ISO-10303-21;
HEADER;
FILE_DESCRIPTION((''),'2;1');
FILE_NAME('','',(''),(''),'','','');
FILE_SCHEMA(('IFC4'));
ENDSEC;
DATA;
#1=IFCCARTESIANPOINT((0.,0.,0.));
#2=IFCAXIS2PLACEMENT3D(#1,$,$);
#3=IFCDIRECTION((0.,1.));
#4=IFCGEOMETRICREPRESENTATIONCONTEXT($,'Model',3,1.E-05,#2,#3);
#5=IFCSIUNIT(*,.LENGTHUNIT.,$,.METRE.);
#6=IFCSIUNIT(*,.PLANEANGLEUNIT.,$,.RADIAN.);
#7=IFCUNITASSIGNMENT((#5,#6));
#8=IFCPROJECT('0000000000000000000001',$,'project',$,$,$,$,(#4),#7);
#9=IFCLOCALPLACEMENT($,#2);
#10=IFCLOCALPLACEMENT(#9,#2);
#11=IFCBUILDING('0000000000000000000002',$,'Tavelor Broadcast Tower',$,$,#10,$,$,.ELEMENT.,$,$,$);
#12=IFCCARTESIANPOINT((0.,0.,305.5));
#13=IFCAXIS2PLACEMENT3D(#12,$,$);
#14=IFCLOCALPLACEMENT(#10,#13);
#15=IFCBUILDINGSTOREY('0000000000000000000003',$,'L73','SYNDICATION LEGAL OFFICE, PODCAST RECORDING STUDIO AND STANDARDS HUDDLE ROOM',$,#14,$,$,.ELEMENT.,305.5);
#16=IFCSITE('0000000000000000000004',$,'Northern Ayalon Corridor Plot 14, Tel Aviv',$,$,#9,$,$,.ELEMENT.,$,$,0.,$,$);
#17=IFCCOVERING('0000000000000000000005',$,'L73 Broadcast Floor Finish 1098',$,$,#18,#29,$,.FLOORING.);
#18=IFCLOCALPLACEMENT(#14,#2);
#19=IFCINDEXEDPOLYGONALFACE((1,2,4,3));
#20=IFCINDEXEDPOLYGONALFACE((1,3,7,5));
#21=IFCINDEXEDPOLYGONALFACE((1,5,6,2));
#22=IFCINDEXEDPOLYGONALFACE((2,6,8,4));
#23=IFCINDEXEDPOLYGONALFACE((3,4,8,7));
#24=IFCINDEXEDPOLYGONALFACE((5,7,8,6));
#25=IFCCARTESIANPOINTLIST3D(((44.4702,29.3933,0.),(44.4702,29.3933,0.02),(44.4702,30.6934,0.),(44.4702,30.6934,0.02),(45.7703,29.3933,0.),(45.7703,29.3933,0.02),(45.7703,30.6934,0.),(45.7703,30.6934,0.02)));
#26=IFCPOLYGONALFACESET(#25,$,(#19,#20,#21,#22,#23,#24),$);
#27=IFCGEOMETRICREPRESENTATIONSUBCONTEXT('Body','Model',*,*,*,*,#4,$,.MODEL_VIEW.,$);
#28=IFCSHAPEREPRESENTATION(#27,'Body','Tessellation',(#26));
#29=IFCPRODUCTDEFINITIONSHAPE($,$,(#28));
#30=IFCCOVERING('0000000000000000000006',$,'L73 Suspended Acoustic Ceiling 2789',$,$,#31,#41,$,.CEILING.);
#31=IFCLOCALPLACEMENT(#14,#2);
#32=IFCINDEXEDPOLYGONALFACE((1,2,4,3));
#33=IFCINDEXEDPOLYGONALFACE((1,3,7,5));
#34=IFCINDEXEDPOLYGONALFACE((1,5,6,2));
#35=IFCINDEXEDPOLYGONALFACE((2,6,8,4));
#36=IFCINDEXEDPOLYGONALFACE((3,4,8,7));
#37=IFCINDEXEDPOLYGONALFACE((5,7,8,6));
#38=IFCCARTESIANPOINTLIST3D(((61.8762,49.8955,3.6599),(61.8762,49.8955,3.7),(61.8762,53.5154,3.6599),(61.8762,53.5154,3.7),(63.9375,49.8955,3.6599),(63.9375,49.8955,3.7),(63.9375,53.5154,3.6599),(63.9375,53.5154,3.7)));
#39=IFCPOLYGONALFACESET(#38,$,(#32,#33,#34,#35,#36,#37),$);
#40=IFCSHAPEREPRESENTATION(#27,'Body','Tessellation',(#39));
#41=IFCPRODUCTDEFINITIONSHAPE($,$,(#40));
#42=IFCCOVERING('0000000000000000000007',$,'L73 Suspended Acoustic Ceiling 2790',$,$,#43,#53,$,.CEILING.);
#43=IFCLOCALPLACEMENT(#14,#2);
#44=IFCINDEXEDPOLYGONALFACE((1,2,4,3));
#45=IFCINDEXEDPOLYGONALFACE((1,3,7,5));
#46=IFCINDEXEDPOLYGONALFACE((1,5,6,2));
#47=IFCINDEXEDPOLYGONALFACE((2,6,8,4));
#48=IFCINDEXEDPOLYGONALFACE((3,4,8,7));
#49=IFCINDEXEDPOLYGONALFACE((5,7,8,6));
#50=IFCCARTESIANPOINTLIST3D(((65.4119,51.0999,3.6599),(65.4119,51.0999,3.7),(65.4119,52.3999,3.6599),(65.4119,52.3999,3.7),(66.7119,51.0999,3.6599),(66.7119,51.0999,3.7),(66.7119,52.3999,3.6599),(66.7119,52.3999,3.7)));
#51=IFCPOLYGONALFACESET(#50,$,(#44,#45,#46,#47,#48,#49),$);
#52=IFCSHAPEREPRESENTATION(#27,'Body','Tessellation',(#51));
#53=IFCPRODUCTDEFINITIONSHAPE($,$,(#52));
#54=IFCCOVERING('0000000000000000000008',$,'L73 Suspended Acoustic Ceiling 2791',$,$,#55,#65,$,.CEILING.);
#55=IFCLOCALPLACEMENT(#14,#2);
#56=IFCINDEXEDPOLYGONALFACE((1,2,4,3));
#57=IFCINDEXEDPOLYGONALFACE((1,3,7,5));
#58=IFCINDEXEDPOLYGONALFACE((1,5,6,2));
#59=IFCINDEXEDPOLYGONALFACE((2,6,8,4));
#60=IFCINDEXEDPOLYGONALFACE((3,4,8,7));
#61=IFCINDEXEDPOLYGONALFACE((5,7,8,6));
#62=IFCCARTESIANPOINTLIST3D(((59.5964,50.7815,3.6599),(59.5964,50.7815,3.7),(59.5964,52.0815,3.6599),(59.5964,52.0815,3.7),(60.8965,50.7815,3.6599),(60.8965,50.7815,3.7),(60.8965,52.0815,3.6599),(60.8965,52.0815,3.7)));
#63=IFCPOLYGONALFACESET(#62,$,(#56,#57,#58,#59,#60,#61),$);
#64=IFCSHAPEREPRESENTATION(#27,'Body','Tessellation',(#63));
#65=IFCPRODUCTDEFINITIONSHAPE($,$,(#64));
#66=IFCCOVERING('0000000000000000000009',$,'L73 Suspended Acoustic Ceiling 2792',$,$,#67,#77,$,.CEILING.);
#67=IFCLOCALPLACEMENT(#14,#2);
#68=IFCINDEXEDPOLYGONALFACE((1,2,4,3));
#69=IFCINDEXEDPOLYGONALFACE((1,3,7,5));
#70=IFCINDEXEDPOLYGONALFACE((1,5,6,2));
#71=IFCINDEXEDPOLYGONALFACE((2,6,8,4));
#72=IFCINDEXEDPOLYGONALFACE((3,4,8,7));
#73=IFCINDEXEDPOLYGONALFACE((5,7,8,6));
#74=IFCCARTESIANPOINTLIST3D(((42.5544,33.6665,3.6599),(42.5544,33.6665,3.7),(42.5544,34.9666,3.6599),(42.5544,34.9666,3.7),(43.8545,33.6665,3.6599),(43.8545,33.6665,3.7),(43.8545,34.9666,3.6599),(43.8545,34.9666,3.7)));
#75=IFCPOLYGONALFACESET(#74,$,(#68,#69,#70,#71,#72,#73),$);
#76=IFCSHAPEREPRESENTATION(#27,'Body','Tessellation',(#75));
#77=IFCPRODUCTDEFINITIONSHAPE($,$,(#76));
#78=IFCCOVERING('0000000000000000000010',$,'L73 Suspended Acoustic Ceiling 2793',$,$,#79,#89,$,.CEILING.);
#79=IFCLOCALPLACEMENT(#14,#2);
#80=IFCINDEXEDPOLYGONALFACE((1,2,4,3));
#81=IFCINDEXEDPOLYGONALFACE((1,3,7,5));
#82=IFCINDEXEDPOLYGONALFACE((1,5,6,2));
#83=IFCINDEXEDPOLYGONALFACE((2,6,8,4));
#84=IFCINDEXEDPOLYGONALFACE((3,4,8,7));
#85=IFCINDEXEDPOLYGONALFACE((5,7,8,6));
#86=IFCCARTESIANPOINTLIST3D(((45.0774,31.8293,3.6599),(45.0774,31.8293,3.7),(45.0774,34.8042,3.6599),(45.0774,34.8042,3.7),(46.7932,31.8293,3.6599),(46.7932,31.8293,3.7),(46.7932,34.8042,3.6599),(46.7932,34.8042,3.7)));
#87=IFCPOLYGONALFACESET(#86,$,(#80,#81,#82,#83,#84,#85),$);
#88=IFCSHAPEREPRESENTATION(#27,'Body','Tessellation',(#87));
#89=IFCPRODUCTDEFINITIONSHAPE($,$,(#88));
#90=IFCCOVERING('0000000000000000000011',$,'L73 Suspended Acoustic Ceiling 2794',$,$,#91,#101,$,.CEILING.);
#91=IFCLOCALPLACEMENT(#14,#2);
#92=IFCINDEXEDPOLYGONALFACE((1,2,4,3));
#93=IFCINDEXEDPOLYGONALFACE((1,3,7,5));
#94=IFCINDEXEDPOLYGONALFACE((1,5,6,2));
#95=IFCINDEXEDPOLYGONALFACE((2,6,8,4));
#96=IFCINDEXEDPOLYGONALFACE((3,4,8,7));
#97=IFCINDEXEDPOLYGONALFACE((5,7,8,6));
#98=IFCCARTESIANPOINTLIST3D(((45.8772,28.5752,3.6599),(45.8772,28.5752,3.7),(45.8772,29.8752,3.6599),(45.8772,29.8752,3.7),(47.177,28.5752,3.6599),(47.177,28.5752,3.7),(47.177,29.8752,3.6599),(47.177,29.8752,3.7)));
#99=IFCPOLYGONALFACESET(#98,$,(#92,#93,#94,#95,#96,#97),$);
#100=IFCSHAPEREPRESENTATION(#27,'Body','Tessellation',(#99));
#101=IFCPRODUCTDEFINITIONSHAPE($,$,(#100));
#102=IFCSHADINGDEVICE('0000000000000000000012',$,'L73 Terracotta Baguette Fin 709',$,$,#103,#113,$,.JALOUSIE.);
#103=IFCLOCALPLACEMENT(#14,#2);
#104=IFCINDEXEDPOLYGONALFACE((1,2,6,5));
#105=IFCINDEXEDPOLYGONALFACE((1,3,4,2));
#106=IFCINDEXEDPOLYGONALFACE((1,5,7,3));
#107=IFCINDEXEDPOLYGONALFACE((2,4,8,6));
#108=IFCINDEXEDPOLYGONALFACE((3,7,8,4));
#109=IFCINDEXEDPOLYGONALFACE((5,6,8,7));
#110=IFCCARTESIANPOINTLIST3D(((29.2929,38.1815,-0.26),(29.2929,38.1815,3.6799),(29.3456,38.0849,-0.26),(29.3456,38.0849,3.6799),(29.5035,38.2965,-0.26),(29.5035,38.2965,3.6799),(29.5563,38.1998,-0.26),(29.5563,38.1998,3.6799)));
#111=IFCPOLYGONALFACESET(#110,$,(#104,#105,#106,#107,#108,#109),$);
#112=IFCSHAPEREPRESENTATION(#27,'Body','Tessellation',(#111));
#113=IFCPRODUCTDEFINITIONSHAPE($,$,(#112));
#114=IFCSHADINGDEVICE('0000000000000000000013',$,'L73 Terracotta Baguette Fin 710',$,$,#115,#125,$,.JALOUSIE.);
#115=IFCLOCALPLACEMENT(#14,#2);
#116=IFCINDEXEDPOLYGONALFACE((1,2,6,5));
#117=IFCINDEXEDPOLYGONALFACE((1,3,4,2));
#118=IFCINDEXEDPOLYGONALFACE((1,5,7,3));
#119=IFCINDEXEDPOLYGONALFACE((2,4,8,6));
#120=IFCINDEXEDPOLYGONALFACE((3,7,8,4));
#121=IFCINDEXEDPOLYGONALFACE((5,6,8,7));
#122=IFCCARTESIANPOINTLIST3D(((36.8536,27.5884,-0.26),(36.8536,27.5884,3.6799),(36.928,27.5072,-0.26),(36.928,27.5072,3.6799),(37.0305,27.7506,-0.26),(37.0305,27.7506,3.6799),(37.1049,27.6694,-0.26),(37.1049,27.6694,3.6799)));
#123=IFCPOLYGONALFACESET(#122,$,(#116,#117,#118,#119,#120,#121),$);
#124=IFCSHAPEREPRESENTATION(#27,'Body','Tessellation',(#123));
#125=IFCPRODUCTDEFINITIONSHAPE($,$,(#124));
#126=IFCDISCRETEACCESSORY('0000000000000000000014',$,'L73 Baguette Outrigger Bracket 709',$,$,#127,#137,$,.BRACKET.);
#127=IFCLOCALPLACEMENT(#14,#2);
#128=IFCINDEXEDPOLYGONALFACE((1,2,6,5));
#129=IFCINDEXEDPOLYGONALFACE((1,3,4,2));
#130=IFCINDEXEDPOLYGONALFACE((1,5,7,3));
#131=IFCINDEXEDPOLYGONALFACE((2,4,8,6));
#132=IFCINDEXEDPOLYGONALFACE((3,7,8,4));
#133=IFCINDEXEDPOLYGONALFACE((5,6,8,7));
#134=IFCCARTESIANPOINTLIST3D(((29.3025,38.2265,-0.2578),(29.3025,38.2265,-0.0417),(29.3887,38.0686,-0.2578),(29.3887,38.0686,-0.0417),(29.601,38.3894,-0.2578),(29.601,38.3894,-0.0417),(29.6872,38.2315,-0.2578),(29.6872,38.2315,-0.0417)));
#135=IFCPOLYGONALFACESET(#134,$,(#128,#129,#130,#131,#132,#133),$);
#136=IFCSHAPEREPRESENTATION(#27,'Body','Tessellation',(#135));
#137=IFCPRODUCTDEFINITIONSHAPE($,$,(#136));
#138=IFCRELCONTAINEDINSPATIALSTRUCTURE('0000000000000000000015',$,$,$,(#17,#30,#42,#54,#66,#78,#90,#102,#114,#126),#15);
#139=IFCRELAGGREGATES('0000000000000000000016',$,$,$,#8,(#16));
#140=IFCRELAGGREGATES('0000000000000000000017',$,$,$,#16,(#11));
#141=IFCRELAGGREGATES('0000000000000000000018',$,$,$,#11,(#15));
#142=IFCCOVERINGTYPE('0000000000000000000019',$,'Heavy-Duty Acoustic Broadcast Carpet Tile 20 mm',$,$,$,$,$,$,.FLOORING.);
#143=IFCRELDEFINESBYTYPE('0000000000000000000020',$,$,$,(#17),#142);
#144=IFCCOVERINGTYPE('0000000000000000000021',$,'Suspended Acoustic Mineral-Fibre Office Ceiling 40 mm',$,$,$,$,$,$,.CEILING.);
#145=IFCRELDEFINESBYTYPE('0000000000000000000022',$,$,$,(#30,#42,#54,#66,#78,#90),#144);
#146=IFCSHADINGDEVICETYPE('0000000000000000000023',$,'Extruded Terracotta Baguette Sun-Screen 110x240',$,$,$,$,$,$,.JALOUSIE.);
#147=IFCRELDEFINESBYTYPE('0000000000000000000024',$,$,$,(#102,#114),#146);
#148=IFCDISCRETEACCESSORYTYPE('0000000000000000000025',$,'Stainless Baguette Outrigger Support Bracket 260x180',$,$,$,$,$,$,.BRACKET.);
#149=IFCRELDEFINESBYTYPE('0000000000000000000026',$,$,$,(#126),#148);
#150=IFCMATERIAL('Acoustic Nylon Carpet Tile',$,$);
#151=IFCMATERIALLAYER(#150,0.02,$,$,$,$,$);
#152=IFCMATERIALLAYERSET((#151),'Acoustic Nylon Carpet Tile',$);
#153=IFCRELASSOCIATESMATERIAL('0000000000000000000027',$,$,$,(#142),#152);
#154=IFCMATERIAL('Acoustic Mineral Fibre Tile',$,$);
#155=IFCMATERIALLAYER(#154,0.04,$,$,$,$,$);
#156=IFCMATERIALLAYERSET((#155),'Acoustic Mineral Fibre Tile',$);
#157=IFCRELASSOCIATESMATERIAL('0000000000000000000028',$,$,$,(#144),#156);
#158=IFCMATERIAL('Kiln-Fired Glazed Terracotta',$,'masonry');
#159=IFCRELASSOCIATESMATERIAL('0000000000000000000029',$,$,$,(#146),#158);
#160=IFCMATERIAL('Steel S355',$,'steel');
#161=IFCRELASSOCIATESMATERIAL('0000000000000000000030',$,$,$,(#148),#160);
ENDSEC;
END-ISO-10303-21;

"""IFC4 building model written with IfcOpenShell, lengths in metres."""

from ifc_helpers import new_model, si_unit, direction, frame, origin, origin_2d, place, context, subcontext, project, spatial, polyline, rectangle, outline, extrude, source, transform, mapped, material, layer, layer_set, type_object, type_shapes, element, save


model = new_model("IFC4")

# Units and contexts
model_context = context("Model", 3, precision=1e-05, world=origin(), true_north=direction((0.0, 1.0)))
body_context = subcontext(model_context, "Body", "Model", "MODEL_VIEW")
ifc_project = project(units=[si_unit("LENGTHUNIT", "METRE"), si_unit("PLANEANGLEUNIT", "RADIAN")], contexts=[model_context])

# Site, building, storey
site_placement = place(None, origin())
site = spatial("IfcSite", under=ifc_project, at=site_placement, Name="Northern Ayalon Corridor Plot 14, Tel Aviv", CompositionType="ELEMENT", RefElevation=0.0)
building_placement = place(site_placement, origin())
building = spatial("IfcBuilding", under=site, at=building_placement, Name="Tavelor Broadcast Tower", CompositionType="ELEMENT")
storey_placement = place(building_placement, frame((0.0, 0.0, 305.5)))
storey = spatial("IfcBuildingStorey", under=building, at=storey_placement, Name="L73", Description="SYNDICATION LEGAL OFFICE, PODCAST RECORDING STUDIO AND STANDARDS HUDDLE ROOM", CompositionType="ELEMENT", Elevation=305.5)

# Coverings
ifc_material_1 = material(Name="Acoustic Nylon Carpet Tile")
ifc_layer_1 = layer(ifc_material_1, 0.02)
ifc_layer_set_1 = layer_set([ifc_layer_1], Name="Acoustic Nylon Carpet Tile")
covering_type_1 = type_object("IfcCoveringType", Name="Heavy-Duty Acoustic Broadcast Carpet Tile 20 mm", PredefinedType="FLOORING", material=ifc_layer_set_1)
covering_1_placement = place(storey_placement, origin())
element("IfcCovering", 1, at=covering_1_placement, inside=storey, type_object=covering_type_1, Name="L73 Broadcast Floor Finish 1098", PredefinedType="FLOORING", context=body_context, shape_type="SweptSolid", body=[
    extrude(outline(polyline([(44.4702, 29.3933), (45.7703, 29.3933), (45.7703, 30.6934), (44.4702, 30.6934), (44.4702, 29.3933)])), origin(), (0.0, 0.0, 1.0), 0.02),
])
ifc_material_2 = material(Name="Acoustic Mineral Fibre Tile")
ifc_layer_2 = layer(ifc_material_2, 0.04)
ifc_layer_set_2 = layer_set([ifc_layer_2], Name="Acoustic Mineral Fibre Tile")
covering_type_2 = type_object("IfcCoveringType", Name="Suspended Acoustic Mineral-Fibre Office Ceiling 40 mm", PredefinedType="CEILING", material=ifc_layer_set_2)
covering_2_placement = place(storey_placement, frame((0.0, 0.0, 3.6599)))
element("IfcCovering", 2, at=covering_2_placement, inside=storey, type_object=covering_type_2, Name="L73 Suspended Acoustic Ceiling 2789", PredefinedType="CEILING", context=body_context, shape_type="SweptSolid", body=[
    extrude(outline(polyline([(61.8762, 49.8955), (63.9375, 49.8955), (63.9375, 53.5154), (61.8762, 53.5154), (61.8762, 49.8955)])), origin(), (0.0, 0.0, 1.0), 0.04),
])
covering_3_placement = place(storey_placement, frame((0.0, 0.0, 3.6599)))
element("IfcCovering", 3, at=covering_3_placement, inside=storey, type_object=covering_type_2, Name="L73 Suspended Acoustic Ceiling 2790", PredefinedType="CEILING", context=body_context, shape_type="SweptSolid", body=[
    extrude(outline(polyline([(65.4119, 51.0999), (66.7119, 51.0999), (66.7119, 52.3999), (65.4119, 52.3999), (65.4119, 51.0999)])), origin(), (0.0, 0.0, 1.0), 0.04),
])
covering_4_placement = place(storey_placement, frame((0.0, 0.0, 3.6599)))
element("IfcCovering", 4, at=covering_4_placement, inside=storey, type_object=covering_type_2, Name="L73 Suspended Acoustic Ceiling 2791", PredefinedType="CEILING", context=body_context, shape_type="SweptSolid", body=[
    extrude(outline(polyline([(59.5964, 50.7815), (60.8965, 50.7815), (60.8965, 52.0815), (59.5964, 52.0815), (59.5964, 50.7815)])), origin(), (0.0, 0.0, 1.0), 0.04),
])
covering_5_placement = place(storey_placement, frame((0.0, 0.0, 3.6599)))
element("IfcCovering", 5, at=covering_5_placement, inside=storey, type_object=covering_type_2, Name="L73 Suspended Acoustic Ceiling 2792", PredefinedType="CEILING", context=body_context, shape_type="SweptSolid", body=[
    extrude(outline(polyline([(42.5544, 33.6665), (43.8545, 33.6665), (43.8545, 34.9666), (42.5544, 34.9666), (42.5544, 33.6665)])), origin(), (0.0, 0.0, 1.0), 0.04),
])
covering_6_placement = place(storey_placement, frame((0.0, 0.0, 3.6599)))
element("IfcCovering", 6, at=covering_6_placement, inside=storey, type_object=covering_type_2, Name="L73 Suspended Acoustic Ceiling 2793", PredefinedType="CEILING", context=body_context, shape_type="SweptSolid", body=[
    extrude(outline(polyline([(45.0774, 31.8293), (46.7932, 31.8293), (46.7932, 34.8042), (45.0774, 34.8042), (45.0774, 31.8293)])), origin(), (0.0, 0.0, 1.0), 0.04),
])
covering_7_placement = place(storey_placement, frame((0.0, 0.0, 3.6599)))
element("IfcCovering", 7, at=covering_7_placement, inside=storey, type_object=covering_type_2, Name="L73 Suspended Acoustic Ceiling 2794", PredefinedType="CEILING", context=body_context, shape_type="SweptSolid", body=[
    extrude(outline(polyline([(45.8772, 28.5752), (47.177, 28.5752), (47.177, 29.8752), (45.8772, 29.8752), (45.8772, 28.5752)])), origin(), (0.0, 0.0, 1.0), 0.04),
])

# Shading devices
ifc_material_3 = material(Name="Kiln-Fired Glazed Terracotta", Category="masonry")
shading_device_type = type_object("IfcShadingDeviceType", Name="Extruded Terracotta Baguette Sun-Screen 110x240", PredefinedType="JALOUSIE", material=ifc_material_3)
shared_shape_1 = source(origin(), body_context, "Body", "SweptSolid", [
    extrude(rectangle(XDim=0.1101, YDim=0.24, at=origin_2d()), origin(), (0.0, 0.0, 1.0), 3.9399),
])
type_shapes(shading_device_type, [shared_shape_1])
for number, where, z_axis, x_axis, name in (
    (8, (29.4246, 38.1907, -0.26), (0.0, 0.0, 1.0), (0.478998, -0.877816, 0.0), "L73 Terracotta Baguette Fin 709"),
    (9, (36.9792, 27.6289, -0.26), (0.0, 0.0, 1.0), (0.675976, -0.736923, 0.0), "L73 Terracotta Baguette Fin 710"),
):
    element("IfcShadingDevice", number, at=place(storey_placement, frame(where, z_axis=z_axis, x_axis=x_axis)), inside=storey, type_object=shading_device_type, Name=name, PredefinedType="JALOUSIE", context=body_context, shape_type="MappedRepresentation", body=[
        mapped(shared_shape_1, transform((0.0, 0.0, 0.0), scale=1.0)),
    ])

# Discrete accessory
ifc_material_4 = material(Name="Steel S355", Category="steel")
discrete_accessory_type = type_object("IfcDiscreteAccessoryType", Name="Stainless Baguette Outrigger Support Bracket 260x180", PredefinedType="BRACKET", material=ifc_material_4)
shared_shape_2 = source(origin(), body_context, "Body", "SweptSolid", [
    extrude(rectangle(XDim=0.1799, YDim=0.3401, at=origin_2d()), origin(), (0.0, 0.0, 1.0), 0.2161),
])
type_shapes(discrete_accessory_type, [shared_shape_2])
discrete_accessory_placement = place(storey_placement, frame((29.4949, 38.229, -0.2578), z_axis=(0.0, 0.0, 1.0), x_axis=(0.478998, -0.877816, 0.0)))
element("IfcDiscreteAccessory", 10, at=discrete_accessory_placement, inside=storey, type_object=discrete_accessory_type, Name="L73 Baguette Outrigger Bracket 709", PredefinedType="BRACKET", context=body_context, shape_type="MappedRepresentation", body=[
    mapped(shared_shape_2, transform((0.0, 0.0, 0.0), scale=1.0)),
])

save(model, "model.ifc")
